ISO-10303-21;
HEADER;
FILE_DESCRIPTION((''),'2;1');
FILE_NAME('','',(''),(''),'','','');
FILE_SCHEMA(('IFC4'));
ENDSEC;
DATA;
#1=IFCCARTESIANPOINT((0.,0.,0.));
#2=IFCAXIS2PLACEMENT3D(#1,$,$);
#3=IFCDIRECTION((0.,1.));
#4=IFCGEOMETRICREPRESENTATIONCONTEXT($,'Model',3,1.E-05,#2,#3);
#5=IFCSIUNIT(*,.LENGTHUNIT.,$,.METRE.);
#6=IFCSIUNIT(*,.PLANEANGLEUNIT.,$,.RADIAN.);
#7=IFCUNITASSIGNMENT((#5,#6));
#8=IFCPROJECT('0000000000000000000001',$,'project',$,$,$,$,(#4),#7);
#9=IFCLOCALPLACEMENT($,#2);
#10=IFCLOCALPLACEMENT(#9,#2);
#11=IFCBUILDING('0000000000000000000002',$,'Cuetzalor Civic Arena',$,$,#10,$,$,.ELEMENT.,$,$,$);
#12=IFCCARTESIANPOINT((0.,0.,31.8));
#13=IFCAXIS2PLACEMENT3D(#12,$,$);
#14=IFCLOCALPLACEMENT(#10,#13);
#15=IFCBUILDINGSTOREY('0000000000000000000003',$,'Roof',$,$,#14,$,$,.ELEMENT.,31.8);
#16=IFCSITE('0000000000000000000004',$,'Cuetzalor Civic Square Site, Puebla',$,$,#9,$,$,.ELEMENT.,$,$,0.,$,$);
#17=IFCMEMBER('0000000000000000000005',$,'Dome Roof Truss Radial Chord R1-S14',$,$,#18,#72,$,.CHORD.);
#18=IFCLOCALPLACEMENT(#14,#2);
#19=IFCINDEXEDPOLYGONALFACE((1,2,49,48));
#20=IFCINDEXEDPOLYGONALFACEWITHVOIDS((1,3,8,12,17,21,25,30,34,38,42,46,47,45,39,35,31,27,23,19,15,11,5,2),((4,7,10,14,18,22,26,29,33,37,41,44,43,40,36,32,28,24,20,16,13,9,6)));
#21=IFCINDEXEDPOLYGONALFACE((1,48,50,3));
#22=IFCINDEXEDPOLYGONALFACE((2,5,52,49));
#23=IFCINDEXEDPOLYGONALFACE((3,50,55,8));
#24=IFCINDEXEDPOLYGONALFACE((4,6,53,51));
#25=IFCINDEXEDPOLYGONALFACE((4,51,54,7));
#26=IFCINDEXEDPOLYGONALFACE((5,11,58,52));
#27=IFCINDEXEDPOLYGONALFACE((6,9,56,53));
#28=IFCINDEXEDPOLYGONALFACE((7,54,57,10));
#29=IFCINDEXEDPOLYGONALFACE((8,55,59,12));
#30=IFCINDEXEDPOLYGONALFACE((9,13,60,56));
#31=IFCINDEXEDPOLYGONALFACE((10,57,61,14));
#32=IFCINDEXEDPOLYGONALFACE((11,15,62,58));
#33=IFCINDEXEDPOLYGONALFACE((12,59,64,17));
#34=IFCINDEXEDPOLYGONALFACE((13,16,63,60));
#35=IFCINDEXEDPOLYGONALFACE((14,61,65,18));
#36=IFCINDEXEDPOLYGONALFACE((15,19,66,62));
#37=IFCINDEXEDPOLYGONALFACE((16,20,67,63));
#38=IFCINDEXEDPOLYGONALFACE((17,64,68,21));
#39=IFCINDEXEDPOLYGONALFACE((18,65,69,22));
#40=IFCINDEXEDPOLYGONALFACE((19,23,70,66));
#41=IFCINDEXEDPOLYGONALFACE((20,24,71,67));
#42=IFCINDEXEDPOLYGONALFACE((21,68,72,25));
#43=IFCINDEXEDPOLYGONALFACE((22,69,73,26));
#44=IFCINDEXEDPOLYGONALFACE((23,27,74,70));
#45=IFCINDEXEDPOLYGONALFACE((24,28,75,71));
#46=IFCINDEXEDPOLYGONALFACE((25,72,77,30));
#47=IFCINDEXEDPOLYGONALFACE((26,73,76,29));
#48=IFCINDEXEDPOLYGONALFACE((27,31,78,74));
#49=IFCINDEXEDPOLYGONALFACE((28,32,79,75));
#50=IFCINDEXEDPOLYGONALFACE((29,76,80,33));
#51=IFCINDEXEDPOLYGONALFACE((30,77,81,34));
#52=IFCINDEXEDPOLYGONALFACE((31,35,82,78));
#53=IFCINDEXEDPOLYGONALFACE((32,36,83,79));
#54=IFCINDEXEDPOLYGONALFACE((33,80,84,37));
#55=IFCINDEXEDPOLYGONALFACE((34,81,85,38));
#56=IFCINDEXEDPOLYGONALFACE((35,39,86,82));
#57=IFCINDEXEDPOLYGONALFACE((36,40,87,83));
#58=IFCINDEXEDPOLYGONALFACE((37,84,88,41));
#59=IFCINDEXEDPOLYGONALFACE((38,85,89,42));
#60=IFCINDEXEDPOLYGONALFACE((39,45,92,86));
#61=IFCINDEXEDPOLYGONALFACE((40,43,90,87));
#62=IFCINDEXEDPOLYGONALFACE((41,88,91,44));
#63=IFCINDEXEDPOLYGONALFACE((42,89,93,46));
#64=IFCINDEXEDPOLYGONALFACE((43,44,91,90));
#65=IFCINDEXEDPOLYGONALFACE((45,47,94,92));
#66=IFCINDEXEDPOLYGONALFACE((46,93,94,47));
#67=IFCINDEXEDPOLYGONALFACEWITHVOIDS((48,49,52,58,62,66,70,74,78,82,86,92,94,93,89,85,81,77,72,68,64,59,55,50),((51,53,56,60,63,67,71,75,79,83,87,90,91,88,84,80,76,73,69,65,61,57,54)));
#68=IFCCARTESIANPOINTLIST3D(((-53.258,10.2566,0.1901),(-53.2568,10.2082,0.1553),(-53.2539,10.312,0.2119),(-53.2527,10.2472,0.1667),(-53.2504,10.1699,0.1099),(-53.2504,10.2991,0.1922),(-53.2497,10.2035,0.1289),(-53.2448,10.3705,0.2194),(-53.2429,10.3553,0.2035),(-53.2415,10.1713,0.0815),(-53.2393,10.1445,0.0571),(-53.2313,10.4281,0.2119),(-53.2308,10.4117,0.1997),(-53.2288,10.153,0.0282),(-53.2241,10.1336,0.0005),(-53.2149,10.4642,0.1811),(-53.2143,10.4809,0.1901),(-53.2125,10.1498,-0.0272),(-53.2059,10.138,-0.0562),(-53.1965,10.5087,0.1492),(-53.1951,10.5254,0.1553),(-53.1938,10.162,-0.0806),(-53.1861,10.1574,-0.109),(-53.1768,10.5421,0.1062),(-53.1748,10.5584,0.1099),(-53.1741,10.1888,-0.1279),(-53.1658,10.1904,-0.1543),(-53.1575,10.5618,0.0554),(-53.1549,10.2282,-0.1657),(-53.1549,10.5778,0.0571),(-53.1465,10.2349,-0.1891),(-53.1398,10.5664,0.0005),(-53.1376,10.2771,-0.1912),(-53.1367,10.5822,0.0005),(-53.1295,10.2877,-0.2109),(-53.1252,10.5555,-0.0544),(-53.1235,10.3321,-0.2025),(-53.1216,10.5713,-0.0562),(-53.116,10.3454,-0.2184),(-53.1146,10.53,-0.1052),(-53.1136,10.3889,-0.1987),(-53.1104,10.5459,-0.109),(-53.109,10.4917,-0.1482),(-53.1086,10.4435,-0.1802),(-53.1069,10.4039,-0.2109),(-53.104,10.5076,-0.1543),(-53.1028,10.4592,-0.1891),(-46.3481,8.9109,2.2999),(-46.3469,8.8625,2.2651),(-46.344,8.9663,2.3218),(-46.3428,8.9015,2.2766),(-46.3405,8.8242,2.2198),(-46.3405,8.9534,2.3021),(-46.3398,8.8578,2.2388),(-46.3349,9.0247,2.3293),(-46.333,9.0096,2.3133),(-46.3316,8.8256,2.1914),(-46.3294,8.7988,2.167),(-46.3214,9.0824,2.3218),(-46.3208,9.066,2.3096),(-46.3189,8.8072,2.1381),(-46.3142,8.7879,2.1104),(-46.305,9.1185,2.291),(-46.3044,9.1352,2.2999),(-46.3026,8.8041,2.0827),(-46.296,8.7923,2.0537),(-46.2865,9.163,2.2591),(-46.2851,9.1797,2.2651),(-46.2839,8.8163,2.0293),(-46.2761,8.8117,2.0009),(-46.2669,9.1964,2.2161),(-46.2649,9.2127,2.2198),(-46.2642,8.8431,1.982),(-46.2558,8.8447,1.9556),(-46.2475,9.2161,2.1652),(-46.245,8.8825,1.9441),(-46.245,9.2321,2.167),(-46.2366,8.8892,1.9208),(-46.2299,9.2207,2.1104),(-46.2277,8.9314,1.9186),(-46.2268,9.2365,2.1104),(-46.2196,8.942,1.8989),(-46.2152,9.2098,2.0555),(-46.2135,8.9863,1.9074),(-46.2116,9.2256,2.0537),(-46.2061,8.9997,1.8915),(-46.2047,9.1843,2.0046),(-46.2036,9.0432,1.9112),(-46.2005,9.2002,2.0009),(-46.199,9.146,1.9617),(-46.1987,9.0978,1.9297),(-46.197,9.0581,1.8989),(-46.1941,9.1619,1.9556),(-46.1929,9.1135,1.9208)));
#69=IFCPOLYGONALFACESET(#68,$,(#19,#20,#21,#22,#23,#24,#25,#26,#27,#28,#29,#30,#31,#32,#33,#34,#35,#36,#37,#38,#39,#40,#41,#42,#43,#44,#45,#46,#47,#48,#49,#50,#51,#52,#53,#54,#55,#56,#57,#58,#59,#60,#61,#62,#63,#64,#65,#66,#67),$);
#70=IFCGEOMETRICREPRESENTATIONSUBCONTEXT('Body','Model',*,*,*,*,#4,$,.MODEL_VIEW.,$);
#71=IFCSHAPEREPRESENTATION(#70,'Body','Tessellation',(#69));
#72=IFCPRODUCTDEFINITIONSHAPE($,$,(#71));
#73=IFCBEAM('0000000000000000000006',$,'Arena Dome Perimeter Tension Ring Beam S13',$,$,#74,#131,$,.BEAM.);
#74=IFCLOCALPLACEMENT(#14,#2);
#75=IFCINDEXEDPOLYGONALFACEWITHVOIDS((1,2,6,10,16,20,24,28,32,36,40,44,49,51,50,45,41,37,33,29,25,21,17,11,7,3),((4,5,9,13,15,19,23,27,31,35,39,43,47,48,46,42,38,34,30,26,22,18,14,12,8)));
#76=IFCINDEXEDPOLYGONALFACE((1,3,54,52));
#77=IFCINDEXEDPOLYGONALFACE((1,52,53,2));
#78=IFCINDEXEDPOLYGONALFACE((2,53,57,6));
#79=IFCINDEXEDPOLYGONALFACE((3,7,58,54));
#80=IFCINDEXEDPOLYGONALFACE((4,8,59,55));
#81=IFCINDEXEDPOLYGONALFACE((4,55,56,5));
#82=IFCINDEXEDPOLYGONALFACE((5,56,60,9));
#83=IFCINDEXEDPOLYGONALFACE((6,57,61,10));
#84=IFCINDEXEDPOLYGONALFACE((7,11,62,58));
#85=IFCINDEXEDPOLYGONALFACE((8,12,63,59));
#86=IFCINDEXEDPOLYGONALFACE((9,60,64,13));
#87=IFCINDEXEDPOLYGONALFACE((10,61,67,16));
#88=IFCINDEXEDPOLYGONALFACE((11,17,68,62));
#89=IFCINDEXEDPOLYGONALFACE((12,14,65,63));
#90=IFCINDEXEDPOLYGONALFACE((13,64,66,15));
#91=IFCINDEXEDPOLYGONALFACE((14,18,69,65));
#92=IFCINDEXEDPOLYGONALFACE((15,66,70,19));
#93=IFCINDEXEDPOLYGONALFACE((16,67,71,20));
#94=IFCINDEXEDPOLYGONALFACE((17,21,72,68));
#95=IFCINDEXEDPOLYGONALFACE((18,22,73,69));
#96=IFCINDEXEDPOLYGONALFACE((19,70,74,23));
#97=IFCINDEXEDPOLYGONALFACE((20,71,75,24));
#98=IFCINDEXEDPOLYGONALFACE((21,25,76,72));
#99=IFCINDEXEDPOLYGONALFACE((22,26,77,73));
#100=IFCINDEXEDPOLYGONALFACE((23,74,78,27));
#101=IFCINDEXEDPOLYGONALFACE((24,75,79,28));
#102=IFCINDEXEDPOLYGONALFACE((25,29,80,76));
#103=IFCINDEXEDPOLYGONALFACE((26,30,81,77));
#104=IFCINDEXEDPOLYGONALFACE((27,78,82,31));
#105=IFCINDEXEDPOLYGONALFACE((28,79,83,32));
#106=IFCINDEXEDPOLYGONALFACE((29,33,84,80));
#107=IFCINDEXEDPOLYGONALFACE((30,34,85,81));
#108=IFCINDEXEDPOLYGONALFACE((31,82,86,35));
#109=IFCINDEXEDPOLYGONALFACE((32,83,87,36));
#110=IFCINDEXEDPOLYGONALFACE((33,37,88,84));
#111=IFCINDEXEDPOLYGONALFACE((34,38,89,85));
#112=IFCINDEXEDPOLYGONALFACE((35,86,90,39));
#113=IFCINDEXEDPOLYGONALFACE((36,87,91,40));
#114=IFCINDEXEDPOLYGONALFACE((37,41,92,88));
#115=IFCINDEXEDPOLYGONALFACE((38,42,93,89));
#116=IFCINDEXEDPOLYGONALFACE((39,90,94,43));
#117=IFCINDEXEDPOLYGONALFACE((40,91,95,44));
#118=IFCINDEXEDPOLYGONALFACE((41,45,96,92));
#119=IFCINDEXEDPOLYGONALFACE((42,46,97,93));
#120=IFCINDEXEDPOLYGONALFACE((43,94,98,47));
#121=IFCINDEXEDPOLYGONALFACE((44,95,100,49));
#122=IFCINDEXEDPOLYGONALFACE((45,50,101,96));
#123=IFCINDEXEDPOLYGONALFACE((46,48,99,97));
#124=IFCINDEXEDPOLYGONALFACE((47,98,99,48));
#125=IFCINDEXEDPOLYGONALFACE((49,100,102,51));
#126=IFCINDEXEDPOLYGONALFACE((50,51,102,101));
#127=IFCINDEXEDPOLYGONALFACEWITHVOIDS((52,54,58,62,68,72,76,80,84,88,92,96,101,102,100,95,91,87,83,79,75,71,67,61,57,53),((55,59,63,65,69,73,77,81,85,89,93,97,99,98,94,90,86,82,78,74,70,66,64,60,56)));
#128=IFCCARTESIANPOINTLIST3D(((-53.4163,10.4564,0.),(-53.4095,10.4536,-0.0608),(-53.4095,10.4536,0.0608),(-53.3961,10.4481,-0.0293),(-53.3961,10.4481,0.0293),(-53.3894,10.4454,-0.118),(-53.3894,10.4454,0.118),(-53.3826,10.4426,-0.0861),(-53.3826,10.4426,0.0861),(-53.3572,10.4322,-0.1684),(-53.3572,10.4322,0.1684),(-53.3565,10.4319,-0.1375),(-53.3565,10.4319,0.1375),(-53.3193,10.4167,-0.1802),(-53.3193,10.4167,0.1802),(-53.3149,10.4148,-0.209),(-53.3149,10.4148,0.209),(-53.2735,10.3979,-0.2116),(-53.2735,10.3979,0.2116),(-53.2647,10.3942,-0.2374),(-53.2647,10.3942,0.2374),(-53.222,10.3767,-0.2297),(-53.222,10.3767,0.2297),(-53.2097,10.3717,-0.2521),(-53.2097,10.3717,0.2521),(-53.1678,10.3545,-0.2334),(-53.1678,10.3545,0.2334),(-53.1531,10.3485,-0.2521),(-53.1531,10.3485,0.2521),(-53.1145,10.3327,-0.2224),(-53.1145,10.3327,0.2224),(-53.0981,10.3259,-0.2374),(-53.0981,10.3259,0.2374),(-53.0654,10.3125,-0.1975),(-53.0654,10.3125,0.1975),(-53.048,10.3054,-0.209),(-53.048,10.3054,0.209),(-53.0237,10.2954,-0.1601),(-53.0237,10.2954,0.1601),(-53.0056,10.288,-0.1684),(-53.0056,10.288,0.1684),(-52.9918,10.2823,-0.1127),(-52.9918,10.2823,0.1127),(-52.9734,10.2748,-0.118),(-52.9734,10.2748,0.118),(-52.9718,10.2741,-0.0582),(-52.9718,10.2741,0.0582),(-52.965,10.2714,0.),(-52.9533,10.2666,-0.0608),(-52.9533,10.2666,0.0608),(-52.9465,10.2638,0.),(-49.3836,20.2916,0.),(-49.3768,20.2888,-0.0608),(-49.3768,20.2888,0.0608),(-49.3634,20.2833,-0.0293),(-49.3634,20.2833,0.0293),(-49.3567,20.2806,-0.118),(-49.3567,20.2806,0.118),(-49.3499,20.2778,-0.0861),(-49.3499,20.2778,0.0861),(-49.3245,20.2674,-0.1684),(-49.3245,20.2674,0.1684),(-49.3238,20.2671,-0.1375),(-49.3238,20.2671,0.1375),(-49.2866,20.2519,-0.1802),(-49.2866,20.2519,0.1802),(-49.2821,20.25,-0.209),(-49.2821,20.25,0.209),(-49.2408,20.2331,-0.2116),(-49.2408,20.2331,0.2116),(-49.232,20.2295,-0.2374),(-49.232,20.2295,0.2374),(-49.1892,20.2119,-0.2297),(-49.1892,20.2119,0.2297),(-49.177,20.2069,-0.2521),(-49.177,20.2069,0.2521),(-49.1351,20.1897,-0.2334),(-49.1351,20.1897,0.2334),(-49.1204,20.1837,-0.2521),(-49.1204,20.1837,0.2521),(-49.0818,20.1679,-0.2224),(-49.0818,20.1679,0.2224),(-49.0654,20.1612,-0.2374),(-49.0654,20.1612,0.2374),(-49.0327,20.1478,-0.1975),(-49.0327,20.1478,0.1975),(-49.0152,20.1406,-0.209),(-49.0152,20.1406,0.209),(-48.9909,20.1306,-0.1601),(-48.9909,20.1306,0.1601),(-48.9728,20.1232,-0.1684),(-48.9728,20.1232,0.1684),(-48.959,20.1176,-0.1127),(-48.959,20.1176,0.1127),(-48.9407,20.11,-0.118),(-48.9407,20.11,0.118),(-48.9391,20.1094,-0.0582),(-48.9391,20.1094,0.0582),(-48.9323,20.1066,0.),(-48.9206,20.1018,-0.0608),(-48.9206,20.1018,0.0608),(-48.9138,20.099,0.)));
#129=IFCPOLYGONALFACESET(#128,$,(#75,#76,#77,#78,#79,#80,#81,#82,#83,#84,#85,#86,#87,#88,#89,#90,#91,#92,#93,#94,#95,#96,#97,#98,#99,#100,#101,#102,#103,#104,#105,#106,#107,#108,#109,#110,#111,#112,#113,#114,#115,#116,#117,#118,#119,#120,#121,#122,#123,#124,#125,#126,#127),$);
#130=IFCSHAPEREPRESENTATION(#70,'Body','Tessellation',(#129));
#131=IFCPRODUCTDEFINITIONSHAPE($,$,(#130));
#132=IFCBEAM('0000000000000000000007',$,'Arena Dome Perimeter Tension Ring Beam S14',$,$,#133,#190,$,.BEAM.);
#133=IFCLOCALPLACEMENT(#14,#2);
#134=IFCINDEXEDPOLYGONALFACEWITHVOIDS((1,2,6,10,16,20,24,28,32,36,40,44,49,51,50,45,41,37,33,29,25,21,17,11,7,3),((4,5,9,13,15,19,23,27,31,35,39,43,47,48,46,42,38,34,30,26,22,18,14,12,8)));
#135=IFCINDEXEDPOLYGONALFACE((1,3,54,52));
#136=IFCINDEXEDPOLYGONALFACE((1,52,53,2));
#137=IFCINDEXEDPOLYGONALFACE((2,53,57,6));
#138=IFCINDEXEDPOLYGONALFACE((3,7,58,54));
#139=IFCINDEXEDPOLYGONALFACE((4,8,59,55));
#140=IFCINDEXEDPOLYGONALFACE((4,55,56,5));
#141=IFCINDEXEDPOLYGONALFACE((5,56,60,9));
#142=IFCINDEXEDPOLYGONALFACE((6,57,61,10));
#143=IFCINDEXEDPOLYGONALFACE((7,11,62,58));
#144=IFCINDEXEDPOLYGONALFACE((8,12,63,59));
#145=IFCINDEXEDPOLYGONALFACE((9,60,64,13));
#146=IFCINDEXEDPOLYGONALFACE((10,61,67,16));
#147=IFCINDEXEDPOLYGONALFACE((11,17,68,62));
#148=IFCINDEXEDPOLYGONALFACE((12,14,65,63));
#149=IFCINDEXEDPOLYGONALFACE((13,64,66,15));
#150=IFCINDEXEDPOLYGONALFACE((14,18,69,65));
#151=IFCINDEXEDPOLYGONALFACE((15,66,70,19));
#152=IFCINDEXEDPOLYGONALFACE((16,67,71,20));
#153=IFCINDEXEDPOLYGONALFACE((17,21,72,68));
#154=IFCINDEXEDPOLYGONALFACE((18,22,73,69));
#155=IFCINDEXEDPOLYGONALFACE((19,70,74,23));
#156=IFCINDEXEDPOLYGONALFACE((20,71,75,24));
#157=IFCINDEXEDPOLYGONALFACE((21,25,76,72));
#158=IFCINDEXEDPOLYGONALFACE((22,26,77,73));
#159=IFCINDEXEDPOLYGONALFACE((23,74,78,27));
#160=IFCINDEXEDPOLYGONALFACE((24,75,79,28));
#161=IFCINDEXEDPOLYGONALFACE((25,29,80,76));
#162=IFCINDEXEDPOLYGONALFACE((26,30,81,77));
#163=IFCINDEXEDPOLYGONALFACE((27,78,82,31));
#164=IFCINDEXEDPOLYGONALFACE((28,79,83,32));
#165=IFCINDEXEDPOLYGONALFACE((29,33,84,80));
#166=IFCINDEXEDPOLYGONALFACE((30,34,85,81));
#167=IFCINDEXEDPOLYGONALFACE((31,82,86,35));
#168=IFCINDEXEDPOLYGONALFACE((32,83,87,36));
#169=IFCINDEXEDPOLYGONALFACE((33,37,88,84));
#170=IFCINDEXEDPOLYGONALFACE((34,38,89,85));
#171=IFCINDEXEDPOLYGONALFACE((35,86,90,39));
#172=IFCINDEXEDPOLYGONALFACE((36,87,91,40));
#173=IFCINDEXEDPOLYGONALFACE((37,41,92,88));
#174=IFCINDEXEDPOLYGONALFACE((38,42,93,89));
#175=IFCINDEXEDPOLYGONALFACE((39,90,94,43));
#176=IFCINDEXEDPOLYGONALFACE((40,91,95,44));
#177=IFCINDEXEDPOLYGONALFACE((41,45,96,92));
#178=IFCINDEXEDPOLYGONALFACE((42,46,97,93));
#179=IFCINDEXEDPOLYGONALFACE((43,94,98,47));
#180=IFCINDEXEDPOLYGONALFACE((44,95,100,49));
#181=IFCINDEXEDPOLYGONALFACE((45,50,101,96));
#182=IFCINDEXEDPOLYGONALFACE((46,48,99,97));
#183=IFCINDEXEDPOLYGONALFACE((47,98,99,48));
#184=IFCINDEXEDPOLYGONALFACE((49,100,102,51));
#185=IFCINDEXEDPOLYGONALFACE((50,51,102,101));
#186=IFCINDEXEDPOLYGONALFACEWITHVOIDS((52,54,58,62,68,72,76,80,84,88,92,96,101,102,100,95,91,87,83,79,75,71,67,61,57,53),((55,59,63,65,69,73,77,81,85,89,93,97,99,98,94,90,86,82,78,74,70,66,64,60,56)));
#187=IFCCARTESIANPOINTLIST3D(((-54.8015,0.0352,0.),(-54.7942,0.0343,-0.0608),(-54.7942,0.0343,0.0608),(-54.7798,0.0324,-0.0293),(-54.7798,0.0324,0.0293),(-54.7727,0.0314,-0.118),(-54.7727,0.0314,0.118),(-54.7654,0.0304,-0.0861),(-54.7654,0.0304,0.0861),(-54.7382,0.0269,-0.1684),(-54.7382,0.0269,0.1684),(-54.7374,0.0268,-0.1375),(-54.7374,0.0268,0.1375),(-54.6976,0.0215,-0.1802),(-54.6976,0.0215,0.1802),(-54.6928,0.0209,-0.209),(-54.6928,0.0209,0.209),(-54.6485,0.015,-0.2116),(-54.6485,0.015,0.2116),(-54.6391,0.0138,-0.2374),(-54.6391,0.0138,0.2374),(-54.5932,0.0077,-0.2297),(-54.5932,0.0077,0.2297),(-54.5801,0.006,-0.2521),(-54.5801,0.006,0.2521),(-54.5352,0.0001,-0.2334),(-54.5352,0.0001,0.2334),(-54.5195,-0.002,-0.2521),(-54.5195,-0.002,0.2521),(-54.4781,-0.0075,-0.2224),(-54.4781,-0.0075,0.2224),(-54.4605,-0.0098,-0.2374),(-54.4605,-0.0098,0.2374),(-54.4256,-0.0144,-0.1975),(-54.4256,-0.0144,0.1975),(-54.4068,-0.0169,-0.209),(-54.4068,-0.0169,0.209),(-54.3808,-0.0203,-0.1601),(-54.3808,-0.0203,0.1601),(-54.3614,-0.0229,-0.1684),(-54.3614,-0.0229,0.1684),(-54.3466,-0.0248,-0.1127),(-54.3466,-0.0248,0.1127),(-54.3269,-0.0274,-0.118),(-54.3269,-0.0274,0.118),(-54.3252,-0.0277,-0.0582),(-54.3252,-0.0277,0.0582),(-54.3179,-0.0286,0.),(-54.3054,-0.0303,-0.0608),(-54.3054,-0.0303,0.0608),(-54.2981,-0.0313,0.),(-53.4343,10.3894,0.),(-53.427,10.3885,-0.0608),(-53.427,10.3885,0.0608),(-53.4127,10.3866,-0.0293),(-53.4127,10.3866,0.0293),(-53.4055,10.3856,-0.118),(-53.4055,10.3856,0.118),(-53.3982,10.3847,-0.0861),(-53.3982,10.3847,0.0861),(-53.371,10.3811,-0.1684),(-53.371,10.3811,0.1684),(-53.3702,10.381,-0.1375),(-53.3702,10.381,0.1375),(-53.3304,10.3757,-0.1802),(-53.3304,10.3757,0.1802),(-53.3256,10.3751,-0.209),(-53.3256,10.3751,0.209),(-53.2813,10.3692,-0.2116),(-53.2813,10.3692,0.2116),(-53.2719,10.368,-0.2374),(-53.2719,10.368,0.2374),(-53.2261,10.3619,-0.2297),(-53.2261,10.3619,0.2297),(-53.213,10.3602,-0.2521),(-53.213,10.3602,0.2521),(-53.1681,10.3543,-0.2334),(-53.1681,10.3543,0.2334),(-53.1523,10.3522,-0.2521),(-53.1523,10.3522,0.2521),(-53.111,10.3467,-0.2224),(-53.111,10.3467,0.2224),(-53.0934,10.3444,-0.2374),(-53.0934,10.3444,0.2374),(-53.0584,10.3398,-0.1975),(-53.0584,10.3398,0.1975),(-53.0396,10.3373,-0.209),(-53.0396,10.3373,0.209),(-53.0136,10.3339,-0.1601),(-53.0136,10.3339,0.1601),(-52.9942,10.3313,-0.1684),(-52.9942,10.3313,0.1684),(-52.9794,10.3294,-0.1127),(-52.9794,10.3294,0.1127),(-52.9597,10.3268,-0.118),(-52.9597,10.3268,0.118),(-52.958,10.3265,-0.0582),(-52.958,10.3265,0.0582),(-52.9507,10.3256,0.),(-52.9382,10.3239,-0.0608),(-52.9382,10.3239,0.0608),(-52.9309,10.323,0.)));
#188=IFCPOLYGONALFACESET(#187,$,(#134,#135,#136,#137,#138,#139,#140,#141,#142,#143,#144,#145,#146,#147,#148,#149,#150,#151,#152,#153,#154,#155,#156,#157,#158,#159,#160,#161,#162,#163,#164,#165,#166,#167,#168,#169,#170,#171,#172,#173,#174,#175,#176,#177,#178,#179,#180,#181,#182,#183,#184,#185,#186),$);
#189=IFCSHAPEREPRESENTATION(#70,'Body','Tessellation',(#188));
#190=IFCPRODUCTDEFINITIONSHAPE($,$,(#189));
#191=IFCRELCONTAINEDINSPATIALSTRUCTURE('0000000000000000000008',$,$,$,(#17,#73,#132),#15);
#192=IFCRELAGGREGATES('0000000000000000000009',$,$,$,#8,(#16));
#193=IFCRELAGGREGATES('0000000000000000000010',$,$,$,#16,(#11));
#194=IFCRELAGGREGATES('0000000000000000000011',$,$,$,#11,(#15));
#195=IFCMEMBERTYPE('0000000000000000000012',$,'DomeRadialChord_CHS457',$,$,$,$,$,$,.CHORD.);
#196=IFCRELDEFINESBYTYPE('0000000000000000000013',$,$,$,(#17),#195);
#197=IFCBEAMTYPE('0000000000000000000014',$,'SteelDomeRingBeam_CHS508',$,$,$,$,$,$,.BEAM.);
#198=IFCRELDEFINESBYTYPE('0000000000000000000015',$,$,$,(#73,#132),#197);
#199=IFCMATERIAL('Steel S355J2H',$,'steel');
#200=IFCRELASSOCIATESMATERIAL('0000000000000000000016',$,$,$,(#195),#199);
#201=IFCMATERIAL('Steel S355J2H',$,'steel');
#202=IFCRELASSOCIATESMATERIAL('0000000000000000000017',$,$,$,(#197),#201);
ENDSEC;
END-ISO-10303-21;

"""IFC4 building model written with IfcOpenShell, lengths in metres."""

from ifc_helpers import new_model, si_unit, direction, frame, origin, origin_2d, place, context, subcontext, project, spatial, hollow_circle, extrude, material, material_profile, profile_set, type_object, element, save


model = new_model("IFC4")

# Units and contexts
model_context = context("Model", 3, precision=1e-05, world=origin(), true_north=direction((0.0, 1.0)))
body_context = subcontext(model_context, "Body", "Model", "MODEL_VIEW")
ifc_project = project(units=[si_unit("LENGTHUNIT", "METRE"), si_unit("PLANEANGLEUNIT", "RADIAN")], contexts=[model_context])

# Site, building, storey
site_placement = place(None, origin())
site = spatial("IfcSite", under=ifc_project, at=site_placement, Name="Cuetzalor Civic Square Site, Puebla", CompositionType="ELEMENT", RefElevation=0.0)
building_placement = place(site_placement, origin())
building = spatial("IfcBuilding", under=site, at=building_placement, Name="Cuetzalor Civic Arena", CompositionType="ELEMENT")
storey_placement = place(building_placement, frame((0.0, 0.0, 31.8)))
storey = spatial("IfcBuildingStorey", under=building, at=storey_placement, Name="Roof", CompositionType="ELEMENT", Elevation=31.8)

# Member
ifc_material_1 = material(Name="Steel S355J2H", Category="steel")
ifc_material_profile_1 = material_profile(ifc_material_1, hollow_circle(Radius=0.2285, WallThickness=0.0161, at=origin_2d()), Name="CHS 457x16")
ifc_profile_set_1 = profile_set([ifc_material_profile_1], Name="Steel S355J2H")
member_type_1 = type_object("IfcMemberType", Name="DomeRadialChord_CHS457", PredefinedType="CHORD", material=ifc_profile_set_1)
member_1_placement = place(storey_placement, frame((-53.1804, 10.3579, 0.0005), z_axis=(0.940239, -0.183111, 0.287091), x_axis=(0.191158, 0.981559, 0.0)))
element("IfcMember", 1, at=member_1_placement, inside=storey, type_object=member_type_1, Name="Dome Roof Truss Radial Chord R1-S14", PredefinedType="CHORD", context=body_context, shape_type="SweptSolid", body=[
    extrude(hollow_circle(Radius=0.2285, WallThickness=0.0161, at=origin_2d()), origin(), (0.0, 0.0, 1.0), 7.3491),
])

# Beams
ifc_material_2 = material(Name="Steel S355J2H", Category="steel")
ifc_material_profile_2 = material_profile(ifc_material_2, hollow_circle(Radius=0.2539, WallThickness=0.02, at=origin_2d()), Name="CHS 508x20")
ifc_profile_set_2 = profile_set([ifc_material_profile_2], Name="Steel S355J2H")
beam_type = type_object("IfcBeamType", Name="SteelDomeRingBeam_CHS508", PredefinedType="BEAM", material=ifc_profile_set_2)
beam_1_placement = place(storey_placement, frame((-49.1487, 20.1953, 0.0), z_axis=(-0.379376, -0.925243, 0.0), x_axis=(0.925243, -0.379376, 0.0)))
element("IfcBeam", 2, at=beam_1_placement, inside=storey, type_object=beam_type, Name="Arena Dome Perimeter Tension Ring Beam S13", PredefinedType="BEAM", context=body_context, shape_type="SweptSolid", body=[
    extrude(hollow_circle(Radius=0.2539, WallThickness=0.02, at=origin_2d()), origin(), (0.0, 0.0, 1.0), 10.6299),
])
beam_2_placement = place(storey_placement, frame((-53.1826, 10.3562, 0.0), z_axis=(-0.130905, -0.991395, 0.0), x_axis=(0.991395, -0.130905, 0.0)))
element("IfcBeam", 3, at=beam_2_placement, inside=storey, type_object=beam_type, Name="Arena Dome Perimeter Tension Ring Beam S14", PredefinedType="BEAM", context=body_context, shape_type="SweptSolid", body=[
    extrude(hollow_circle(Radius=0.2539, WallThickness=0.02, at=origin_2d()), origin(), (0.0, 0.0, 1.0), 10.4441),
])

save(model, "model.ifc")
